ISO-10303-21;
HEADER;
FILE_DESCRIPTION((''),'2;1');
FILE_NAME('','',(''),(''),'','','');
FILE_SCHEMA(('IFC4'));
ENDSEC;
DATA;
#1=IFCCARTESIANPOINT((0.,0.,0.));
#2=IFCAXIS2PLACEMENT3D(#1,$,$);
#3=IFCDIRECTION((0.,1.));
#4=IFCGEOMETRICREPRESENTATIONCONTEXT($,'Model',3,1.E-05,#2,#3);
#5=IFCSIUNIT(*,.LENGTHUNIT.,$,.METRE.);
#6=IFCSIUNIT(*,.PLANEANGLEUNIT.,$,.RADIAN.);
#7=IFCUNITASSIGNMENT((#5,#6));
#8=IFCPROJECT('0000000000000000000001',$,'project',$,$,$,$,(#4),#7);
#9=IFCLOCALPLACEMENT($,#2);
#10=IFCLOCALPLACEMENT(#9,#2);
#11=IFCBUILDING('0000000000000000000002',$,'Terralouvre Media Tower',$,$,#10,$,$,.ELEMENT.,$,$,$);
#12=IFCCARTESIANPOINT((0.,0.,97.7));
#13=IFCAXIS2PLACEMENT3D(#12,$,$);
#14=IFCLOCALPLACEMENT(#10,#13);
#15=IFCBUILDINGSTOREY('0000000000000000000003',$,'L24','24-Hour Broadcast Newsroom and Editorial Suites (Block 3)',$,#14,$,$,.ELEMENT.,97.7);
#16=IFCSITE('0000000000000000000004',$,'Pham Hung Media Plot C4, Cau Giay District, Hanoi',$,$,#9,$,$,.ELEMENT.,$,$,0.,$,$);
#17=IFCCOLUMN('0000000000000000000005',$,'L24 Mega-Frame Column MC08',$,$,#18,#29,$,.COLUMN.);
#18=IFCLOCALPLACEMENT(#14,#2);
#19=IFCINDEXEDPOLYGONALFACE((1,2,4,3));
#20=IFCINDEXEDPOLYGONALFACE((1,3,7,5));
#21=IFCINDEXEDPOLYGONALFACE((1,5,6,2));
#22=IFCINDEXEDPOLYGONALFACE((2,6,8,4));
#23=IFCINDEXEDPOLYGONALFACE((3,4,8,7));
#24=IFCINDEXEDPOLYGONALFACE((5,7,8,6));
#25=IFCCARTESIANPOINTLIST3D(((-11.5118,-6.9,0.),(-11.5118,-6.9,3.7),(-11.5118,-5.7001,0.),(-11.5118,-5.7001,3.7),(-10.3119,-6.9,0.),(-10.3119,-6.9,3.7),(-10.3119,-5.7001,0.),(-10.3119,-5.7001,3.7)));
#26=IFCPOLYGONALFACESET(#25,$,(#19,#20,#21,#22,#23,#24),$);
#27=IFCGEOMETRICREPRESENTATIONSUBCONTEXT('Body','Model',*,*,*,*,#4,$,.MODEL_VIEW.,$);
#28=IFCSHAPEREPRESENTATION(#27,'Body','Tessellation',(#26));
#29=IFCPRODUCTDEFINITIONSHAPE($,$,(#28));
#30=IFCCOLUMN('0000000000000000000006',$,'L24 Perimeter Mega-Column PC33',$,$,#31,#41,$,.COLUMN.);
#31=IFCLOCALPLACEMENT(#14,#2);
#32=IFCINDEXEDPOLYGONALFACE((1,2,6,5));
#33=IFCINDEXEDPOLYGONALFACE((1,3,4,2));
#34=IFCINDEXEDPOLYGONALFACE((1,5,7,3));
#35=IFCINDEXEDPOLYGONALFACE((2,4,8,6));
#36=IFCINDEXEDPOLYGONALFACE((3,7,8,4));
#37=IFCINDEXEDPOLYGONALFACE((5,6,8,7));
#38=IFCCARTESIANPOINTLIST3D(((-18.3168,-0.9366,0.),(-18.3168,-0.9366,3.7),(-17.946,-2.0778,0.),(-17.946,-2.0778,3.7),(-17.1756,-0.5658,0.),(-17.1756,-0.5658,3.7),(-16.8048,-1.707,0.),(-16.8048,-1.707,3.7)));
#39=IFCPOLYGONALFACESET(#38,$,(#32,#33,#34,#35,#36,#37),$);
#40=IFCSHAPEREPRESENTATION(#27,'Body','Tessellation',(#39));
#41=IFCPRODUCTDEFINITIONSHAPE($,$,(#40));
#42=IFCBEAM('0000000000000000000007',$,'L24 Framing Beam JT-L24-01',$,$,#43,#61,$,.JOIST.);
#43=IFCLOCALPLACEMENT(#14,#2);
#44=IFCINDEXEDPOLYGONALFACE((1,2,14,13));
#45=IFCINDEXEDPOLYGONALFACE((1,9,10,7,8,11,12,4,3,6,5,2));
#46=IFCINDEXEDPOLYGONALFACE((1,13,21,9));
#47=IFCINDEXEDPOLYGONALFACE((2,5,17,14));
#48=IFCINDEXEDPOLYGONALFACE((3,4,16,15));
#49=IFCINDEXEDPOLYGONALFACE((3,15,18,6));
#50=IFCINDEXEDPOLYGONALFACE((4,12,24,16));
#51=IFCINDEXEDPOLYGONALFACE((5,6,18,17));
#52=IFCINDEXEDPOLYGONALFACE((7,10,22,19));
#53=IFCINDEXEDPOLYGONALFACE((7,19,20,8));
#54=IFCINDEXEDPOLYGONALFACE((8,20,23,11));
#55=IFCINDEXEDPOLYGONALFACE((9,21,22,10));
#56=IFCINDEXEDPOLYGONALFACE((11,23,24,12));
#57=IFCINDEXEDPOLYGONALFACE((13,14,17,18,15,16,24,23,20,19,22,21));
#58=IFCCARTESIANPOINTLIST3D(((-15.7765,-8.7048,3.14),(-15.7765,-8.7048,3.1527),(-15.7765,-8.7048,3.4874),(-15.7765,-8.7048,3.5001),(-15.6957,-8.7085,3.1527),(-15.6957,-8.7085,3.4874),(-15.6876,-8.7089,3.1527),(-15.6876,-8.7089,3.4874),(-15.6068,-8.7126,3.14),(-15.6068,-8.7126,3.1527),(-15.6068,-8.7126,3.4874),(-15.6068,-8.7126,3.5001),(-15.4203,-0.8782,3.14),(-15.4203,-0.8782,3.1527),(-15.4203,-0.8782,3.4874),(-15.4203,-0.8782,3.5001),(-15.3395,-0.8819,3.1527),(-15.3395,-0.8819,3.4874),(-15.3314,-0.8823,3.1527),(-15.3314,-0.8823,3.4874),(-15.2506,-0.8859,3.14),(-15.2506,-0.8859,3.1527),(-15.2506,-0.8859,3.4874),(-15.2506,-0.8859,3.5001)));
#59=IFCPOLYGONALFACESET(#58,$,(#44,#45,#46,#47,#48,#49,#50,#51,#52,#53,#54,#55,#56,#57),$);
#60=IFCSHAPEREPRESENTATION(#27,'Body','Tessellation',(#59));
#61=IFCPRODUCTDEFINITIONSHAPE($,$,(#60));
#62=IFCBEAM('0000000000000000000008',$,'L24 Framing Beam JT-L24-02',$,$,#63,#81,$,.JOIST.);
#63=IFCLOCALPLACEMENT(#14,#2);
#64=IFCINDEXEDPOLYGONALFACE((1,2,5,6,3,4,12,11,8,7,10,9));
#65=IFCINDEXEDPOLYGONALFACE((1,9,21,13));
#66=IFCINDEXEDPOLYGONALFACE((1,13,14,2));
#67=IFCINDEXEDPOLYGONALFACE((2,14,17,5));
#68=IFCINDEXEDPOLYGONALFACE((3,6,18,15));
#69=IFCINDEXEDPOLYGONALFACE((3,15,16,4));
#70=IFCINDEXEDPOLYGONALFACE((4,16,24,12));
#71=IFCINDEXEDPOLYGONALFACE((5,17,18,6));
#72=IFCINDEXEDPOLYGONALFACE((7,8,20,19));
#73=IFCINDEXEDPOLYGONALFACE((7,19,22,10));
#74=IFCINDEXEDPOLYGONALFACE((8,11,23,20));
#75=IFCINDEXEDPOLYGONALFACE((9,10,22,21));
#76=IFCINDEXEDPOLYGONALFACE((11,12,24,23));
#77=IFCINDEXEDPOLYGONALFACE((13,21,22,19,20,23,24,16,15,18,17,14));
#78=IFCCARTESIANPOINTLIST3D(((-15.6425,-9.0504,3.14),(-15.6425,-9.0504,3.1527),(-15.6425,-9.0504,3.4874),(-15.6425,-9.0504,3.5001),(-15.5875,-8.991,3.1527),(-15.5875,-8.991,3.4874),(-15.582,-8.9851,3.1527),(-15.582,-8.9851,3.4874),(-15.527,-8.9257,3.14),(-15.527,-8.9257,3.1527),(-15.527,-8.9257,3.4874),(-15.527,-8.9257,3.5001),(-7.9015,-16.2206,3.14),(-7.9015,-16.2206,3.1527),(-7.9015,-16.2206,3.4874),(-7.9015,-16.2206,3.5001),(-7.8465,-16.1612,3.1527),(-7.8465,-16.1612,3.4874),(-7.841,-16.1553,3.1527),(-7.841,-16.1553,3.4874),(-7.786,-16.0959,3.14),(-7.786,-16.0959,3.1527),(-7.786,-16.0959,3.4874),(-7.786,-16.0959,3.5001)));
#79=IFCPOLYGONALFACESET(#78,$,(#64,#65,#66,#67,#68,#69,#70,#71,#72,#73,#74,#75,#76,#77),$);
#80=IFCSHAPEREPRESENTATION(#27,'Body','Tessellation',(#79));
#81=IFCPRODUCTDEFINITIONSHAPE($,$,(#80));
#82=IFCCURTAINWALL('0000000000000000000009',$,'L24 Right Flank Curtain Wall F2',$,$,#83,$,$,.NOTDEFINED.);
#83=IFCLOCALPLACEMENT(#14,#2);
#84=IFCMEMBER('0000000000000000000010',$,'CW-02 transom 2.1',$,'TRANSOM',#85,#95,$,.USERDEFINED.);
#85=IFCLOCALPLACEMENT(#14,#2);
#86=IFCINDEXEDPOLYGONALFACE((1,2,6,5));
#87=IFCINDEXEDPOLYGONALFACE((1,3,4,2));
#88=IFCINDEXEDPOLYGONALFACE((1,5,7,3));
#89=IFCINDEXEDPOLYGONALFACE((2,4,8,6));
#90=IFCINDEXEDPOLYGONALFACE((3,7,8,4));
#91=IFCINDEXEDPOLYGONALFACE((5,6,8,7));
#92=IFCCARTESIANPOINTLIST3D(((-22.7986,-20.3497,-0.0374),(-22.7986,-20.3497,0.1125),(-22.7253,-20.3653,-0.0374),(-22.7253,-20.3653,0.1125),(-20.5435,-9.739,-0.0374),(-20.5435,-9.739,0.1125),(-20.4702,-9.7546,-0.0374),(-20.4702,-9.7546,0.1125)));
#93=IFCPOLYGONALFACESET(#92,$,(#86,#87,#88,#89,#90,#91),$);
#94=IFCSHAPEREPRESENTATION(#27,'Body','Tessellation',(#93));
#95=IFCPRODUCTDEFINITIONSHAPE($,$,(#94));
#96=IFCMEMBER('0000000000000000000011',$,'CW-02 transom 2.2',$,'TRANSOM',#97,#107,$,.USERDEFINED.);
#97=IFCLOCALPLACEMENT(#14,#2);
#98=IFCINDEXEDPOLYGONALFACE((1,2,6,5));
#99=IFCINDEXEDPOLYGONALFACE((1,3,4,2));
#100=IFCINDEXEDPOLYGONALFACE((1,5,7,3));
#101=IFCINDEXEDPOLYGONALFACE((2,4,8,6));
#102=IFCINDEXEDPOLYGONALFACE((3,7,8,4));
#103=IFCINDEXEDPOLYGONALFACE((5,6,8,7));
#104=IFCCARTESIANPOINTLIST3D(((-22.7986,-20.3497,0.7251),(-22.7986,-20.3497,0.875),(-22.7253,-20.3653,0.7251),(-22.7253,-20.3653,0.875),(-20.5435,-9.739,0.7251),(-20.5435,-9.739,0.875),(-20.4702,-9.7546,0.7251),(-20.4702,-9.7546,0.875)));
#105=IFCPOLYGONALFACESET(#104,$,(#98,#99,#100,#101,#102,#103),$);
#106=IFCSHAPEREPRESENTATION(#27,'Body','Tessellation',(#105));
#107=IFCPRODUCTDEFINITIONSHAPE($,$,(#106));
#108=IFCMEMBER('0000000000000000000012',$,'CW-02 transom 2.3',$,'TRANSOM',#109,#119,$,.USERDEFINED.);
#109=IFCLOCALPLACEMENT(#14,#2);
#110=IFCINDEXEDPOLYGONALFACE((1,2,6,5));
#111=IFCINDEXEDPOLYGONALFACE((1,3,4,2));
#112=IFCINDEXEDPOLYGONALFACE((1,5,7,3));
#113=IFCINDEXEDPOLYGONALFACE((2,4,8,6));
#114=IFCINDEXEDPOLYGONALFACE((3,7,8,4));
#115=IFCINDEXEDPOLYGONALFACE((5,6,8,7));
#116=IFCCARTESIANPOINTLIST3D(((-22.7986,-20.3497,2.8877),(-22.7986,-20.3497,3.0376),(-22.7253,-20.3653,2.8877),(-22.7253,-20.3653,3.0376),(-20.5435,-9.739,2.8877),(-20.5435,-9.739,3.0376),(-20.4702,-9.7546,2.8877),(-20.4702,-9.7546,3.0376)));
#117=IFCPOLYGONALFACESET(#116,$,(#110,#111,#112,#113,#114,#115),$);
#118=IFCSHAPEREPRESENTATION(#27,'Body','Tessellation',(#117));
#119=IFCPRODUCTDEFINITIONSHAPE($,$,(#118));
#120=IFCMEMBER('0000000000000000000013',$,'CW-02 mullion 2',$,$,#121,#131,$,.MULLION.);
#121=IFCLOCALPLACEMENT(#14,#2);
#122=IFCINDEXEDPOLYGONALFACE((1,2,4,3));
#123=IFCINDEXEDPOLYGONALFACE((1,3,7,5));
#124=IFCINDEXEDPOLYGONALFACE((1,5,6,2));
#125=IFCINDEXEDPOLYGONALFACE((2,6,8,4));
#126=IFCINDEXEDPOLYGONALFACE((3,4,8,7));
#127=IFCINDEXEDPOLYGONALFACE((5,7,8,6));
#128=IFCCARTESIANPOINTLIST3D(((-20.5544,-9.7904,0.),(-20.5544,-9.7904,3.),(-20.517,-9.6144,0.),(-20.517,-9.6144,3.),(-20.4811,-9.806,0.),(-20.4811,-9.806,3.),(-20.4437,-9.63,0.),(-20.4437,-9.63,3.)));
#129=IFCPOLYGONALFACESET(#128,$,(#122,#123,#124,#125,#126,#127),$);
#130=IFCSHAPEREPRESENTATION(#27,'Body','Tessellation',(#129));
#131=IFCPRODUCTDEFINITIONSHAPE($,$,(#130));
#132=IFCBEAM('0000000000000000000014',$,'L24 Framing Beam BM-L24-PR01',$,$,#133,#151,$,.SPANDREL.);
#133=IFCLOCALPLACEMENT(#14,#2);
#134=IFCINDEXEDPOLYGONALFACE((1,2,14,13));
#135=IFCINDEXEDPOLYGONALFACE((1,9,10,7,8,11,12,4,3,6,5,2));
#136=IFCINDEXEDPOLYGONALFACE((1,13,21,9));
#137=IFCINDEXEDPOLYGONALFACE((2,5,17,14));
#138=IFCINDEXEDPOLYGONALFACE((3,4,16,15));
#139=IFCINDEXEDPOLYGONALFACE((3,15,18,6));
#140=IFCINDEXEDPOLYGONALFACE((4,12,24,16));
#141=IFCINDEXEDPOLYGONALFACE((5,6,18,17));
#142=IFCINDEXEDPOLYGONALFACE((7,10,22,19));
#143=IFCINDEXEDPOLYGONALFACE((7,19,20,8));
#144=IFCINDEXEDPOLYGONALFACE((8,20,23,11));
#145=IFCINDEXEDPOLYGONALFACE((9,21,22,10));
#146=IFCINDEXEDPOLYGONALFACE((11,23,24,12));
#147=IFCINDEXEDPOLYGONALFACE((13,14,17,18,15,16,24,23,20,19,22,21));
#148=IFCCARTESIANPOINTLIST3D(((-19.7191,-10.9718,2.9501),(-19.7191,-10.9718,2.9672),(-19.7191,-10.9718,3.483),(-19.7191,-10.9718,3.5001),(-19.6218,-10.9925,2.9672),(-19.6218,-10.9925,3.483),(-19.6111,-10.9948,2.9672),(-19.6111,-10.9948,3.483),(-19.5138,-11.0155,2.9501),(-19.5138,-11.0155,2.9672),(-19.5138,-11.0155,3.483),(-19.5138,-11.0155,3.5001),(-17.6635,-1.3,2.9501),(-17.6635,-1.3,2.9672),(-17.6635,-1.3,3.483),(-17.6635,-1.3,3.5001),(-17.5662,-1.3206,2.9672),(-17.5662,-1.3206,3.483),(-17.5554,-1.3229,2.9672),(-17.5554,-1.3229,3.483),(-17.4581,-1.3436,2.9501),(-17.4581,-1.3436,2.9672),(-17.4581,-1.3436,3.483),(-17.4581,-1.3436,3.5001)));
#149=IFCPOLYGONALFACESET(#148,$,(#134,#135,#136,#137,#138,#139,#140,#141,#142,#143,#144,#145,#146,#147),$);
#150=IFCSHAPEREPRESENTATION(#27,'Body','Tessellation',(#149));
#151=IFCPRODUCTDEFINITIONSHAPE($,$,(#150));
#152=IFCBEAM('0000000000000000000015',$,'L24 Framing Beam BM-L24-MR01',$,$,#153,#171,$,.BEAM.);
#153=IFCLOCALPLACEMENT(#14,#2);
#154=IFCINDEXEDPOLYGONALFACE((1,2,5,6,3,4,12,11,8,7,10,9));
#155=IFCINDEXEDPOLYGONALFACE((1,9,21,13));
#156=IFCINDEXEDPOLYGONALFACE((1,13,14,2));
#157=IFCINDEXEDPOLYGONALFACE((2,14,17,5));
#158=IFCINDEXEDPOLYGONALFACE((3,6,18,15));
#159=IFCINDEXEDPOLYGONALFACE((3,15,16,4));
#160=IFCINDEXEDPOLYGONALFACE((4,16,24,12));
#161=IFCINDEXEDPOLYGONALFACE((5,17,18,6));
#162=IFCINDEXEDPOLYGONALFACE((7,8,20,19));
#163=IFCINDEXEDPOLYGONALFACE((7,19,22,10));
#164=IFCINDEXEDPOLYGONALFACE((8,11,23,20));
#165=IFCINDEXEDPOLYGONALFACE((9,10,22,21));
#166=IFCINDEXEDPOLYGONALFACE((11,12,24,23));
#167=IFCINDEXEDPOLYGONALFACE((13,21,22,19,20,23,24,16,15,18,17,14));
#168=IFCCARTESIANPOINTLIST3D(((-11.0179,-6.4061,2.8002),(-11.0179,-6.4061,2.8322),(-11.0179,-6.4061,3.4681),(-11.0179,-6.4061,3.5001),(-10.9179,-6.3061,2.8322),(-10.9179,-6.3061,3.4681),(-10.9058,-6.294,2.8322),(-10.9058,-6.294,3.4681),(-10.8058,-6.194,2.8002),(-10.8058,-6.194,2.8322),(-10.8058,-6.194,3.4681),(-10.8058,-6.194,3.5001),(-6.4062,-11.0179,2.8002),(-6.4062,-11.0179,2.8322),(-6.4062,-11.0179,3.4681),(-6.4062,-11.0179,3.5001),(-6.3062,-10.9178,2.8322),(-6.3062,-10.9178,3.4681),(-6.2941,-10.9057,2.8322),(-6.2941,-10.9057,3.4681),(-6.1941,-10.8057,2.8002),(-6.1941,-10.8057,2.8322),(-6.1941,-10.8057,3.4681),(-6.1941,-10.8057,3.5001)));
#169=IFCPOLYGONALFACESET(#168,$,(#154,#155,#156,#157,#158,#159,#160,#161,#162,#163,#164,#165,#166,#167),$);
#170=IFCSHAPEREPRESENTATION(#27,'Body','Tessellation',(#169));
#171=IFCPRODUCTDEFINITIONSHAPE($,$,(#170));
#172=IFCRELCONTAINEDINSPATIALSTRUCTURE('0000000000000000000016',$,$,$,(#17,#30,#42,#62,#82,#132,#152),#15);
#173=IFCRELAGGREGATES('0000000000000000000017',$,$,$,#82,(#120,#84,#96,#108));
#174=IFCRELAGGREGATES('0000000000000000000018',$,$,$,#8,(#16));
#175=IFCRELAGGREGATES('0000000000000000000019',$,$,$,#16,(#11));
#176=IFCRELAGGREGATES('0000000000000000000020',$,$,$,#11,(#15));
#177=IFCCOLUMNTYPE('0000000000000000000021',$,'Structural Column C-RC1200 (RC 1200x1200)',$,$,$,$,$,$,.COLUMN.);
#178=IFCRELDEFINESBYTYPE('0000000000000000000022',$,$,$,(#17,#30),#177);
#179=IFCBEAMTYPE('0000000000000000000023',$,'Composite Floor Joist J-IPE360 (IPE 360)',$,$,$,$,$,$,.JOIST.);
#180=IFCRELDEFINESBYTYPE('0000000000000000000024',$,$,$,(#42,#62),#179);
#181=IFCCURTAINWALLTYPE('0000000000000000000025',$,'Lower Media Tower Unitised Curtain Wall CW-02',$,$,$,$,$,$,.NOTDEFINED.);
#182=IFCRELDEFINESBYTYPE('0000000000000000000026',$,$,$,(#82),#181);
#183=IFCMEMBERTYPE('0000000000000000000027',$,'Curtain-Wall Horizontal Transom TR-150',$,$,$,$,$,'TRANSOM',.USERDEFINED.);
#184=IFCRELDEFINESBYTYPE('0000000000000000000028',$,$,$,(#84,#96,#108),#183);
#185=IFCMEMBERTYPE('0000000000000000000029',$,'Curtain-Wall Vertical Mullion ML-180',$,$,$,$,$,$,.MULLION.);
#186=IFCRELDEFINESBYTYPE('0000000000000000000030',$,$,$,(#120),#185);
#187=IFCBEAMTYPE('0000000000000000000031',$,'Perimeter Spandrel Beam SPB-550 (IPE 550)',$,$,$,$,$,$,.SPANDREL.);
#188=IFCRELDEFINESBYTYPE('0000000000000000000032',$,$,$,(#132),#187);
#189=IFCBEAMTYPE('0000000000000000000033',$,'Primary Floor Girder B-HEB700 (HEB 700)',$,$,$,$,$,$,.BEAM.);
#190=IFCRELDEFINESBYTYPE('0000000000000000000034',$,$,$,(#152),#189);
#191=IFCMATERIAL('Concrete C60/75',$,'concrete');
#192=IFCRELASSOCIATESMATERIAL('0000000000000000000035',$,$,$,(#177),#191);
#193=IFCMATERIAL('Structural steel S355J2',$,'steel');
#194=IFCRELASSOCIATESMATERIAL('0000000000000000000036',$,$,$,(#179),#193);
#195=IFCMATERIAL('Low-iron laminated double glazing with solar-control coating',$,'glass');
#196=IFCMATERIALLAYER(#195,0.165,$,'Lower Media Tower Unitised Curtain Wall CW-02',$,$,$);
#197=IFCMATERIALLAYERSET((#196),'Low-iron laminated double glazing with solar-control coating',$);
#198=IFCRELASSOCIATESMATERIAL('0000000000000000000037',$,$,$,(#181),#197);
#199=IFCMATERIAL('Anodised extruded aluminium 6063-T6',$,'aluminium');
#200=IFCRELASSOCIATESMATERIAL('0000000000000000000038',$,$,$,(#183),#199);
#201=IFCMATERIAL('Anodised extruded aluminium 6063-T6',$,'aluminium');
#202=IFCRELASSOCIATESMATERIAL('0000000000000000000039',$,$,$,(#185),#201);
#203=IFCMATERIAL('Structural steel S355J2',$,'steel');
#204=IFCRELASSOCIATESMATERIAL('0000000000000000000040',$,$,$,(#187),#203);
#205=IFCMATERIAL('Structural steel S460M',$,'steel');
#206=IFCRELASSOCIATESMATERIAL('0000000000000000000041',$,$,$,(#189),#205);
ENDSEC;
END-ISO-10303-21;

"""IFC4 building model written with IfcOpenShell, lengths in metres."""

from ifc_helpers import new_model, si_unit, direction, frame, origin, origin_2d, place, context, subcontext, project, spatial, rectangle, i_section, extrude, material, layer, layer_set, material_profile, profile_set, type_object, element, aggregate, save


model = new_model("IFC4")

# Units and contexts
model_context = context("Model", 3, precision=1e-05, world=origin(), true_north=direction((0.0, 1.0)))
body_context = subcontext(model_context, "Body", "Model", "MODEL_VIEW")
ifc_project = project(units=[si_unit("LENGTHUNIT", "METRE"), si_unit("PLANEANGLEUNIT", "RADIAN")], contexts=[model_context])

# Site, building, storey
site_placement = place(None, origin())
site = spatial("IfcSite", under=ifc_project, at=site_placement, Name="Pham Hung Media Plot C4, Cau Giay District, Hanoi", CompositionType="ELEMENT", RefElevation=0.0)
building_placement = place(site_placement, origin())
building = spatial("IfcBuilding", under=site, at=building_placement, Name="Terralouvre Media Tower", CompositionType="ELEMENT")
storey_placement = place(building_placement, frame((0.0, 0.0, 97.7)))
storey = spatial("IfcBuildingStorey", under=building, at=storey_placement, Name="L24", Description="24-Hour Broadcast Newsroom and Editorial Suites (Block 3)", CompositionType="ELEMENT", Elevation=97.7)

# Columns
ifc_material_1 = material(Name="Concrete C60/75", Category="concrete")
ifc_material_profile_1 = material_profile(ifc_material_1, rectangle(XDim=1.2, YDim=1.2, at=origin_2d()), Name="RC 1200x1200")
ifc_profile_set_1 = profile_set([ifc_material_profile_1], Name="Concrete C60/75")
column_type = type_object("IfcColumnType", Name="Structural Column C-RC1200 (RC 1200x1200)", PredefinedType="COLUMN", material=ifc_profile_set_1)
for number, where, z_axis, x_axis, name in (
    (1, (-10.9119, -6.3, 0.0), (0.0, 0.0, 1.0), (1.0, 0.0, 0.0), "L24 Mega-Frame Column MC08"),
    (2, (-17.5608, -1.3218, 0.0), (0.0, 0.0, 1.0), (0.951057, 0.309017, 0.0), "L24 Perimeter Mega-Column PC33"),
):
    element("IfcColumn", number, at=place(storey_placement, frame(where, z_axis=z_axis, x_axis=x_axis)), inside=storey, type_object=column_type, Name=name, PredefinedType="COLUMN", context=body_context, shape_type="SweptSolid", body=[
        extrude(rectangle(XDim=1.2, YDim=1.2, at=origin_2d()), origin(), (0.0, 0.0, 1.0), 3.7),
    ])

# Beams
ifc_material_2 = material(Name="Structural steel S355J2", Category="steel")
ifc_material_profile_2 = material_profile(ifc_material_2, i_section(OverallWidth=0.1699, OverallDepth=0.3601, WebThickness=0.0081, FlangeThickness=0.0127, at=origin_2d()), Name="IPE 360")
ifc_profile_set_2 = profile_set([ifc_material_profile_2], Name="Structural steel S355J2")
beam_type_1 = type_object("IfcBeamType", Name="Composite Floor Joist J-IPE360 (IPE 360)", PredefinedType="JOIST", material=ifc_profile_set_2)
beam_1_placement = place(storey_placement, frame((-15.3354, -0.8821, 3.3201), z_axis=(-0.045464, -0.998966, 0.0), x_axis=(0.998966, -0.045464, 0.0)))
element("IfcBeam", 3, at=beam_1_placement, inside=storey, type_object=beam_type_1, Name="L24 Framing Beam JT-L24-01", PredefinedType="JOIST", context=body_context, shape_type="SweptSolid", body=[
    extrude(i_section(OverallWidth=0.1699, OverallDepth=0.3601, WebThickness=0.0081, FlangeThickness=0.0127, at=origin_2d()), origin(), (0.0, 0.0, 1.0), 7.8347),
])
beam_2_placement = place(storey_placement, frame((-15.5847, -8.988, 3.3201), z_axis=(0.733638, -0.679541, 0.0), x_axis=(0.679541, 0.733638, 0.0)))
element("IfcBeam", 4, at=beam_2_placement, inside=storey, type_object=beam_type_1, Name="L24 Framing Beam JT-L24-02", PredefinedType="JOIST", context=body_context, shape_type="SweptSolid", body=[
    extrude(i_section(OverallWidth=0.1699, OverallDepth=0.3601, WebThickness=0.0081, FlangeThickness=0.0127, at=origin_2d()), origin(), (0.0, 0.0, 1.0), 10.5515),
])

# Curtain wall, members
ifc_material_3 = material(Name="Low-iron laminated double glazing with solar-control coating", Category="glass")
ifc_layer_1 = layer(ifc_material_3, 0.165, Name="Lower Media Tower Unitised Curtain Wall CW-02")
ifc_layer_set_1 = layer_set([ifc_layer_1], Name="Low-iron laminated double glazing with solar-control coating")
curtain_wall_type = type_object("IfcCurtainWallType", Name="Lower Media Tower Unitised Curtain Wall CW-02", PredefinedType="NOTDEFINED", material=ifc_layer_set_1)
curtain_wall_placement = place(storey_placement, origin())
curtain_wall = element("IfcCurtainWall", 5, at=curtain_wall_placement, inside=storey, type_object=curtain_wall_type, Name="L24 Right Flank Curtain Wall F2", PredefinedType="NOTDEFINED")
ifc_material_4 = material(Name="Anodised extruded aluminium 6063-T6", Category="aluminium")
ifc_material_profile_3 = material_profile(ifc_material_4, rectangle(XDim=0.075, YDim=0.1499, at=origin_2d()), Name="ALU 75x150")
ifc_profile_set_3 = profile_set([ifc_material_profile_3], Name="Anodised extruded aluminium 6063-T6")
member_type_1 = type_object("IfcMemberType", Name="Curtain-Wall Horizontal Transom TR-150", ElementType="TRANSOM", PredefinedType="USERDEFINED", material=ifc_profile_set_3)
member_1_placement = place(storey_placement, frame((-20.5068, -9.7468, 0.0376), z_axis=(-0.207892, -0.978152, 0.0), x_axis=(0.978152, -0.207892, 0.0)))
member_1 = element("IfcMember", 6, at=member_1_placement, type_object=member_type_1, Name="CW-02 transom 2.1", ObjectType="TRANSOM", PredefinedType="USERDEFINED", context=body_context, shape_type="SweptSolid", body=[
    extrude(rectangle(XDim=0.075, YDim=0.1499, at=origin_2d()), origin(), (0.0, 0.0, 1.0), 10.8477),
])
member_2_placement = place(storey_placement, frame((-20.5068, -9.7468, 0.8), z_axis=(-0.207892, -0.978152, 0.0), x_axis=(0.978152, -0.207892, 0.0)))
member_2 = element("IfcMember", 7, at=member_2_placement, type_object=member_type_1, Name="CW-02 transom 2.2", ObjectType="TRANSOM", PredefinedType="USERDEFINED", context=body_context, shape_type="SweptSolid", body=[
    extrude(rectangle(XDim=0.075, YDim=0.1499, at=origin_2d()), origin(), (0.0, 0.0, 1.0), 10.8477),
])
member_3_placement = place(storey_placement, frame((-20.5068, -9.7468, 2.9626), z_axis=(-0.207892, -0.978152, 0.0), x_axis=(0.978152, -0.207892, 0.0)))
member_3 = element("IfcMember", 8, at=member_3_placement, type_object=member_type_1, Name="CW-02 transom 2.3", ObjectType="TRANSOM", PredefinedType="USERDEFINED", context=body_context, shape_type="SweptSolid", body=[
    extrude(rectangle(XDim=0.075, YDim=0.1499, at=origin_2d()), origin(), (0.0, 0.0, 1.0), 10.8477),
])
ifc_material_5 = material(Name="Anodised extruded aluminium 6063-T6", Category="aluminium")
ifc_material_profile_4 = material_profile(ifc_material_5, rectangle(XDim=0.075, YDim=0.1799, at=origin_2d()), Name="ALU 75x180")
ifc_profile_set_4 = profile_set([ifc_material_profile_4], Name="Anodised extruded aluminium 6063-T6")
member_type_2 = type_object("IfcMemberType", Name="Curtain-Wall Vertical Mullion ML-180", PredefinedType="MULLION", material=ifc_profile_set_4)
member_4_placement = place(storey_placement, frame((-20.499, -9.7102, 0.0), z_axis=(0.0, 0.0, 1.0), x_axis=(0.978148, -0.207911, 0.0)))
member_4 = element("IfcMember", 9, at=member_4_placement, type_object=member_type_2, Name="CW-02 mullion 2", PredefinedType="MULLION", context=body_context, shape_type="SweptSolid", body=[
    extrude(rectangle(XDim=0.075, YDim=0.1799, at=origin_2d()), origin(), (0.0, 0.0, 1.0), 3.0),
])

# Beams
ifc_material_6 = material(Name="Structural steel S355J2", Category="steel")
ifc_material_profile_5 = material_profile(ifc_material_6, i_section(OverallWidth=0.21, OverallDepth=0.55, WebThickness=0.011, FlangeThickness=0.0171, at=origin_2d()), Name="IPE 550")
ifc_profile_set_5 = profile_set([ifc_material_profile_5], Name="Structural steel S355J2")
beam_type_2 = type_object("IfcBeamType", Name="Perimeter Spandrel Beam SPB-550 (IPE 550)", PredefinedType="SPANDREL", material=ifc_profile_set_5)
beam_3_placement = place(storey_placement, frame((-17.5608, -1.3218, 3.2251), z_axis=(-0.207897, -0.978151, 0.0), x_axis=(0.978151, -0.207897, 0.0)))
element("IfcBeam", 10, at=beam_3_placement, inside=storey, type_object=beam_type_2, Name="L24 Framing Beam BM-L24-PR01", PredefinedType="SPANDREL", context=body_context, shape_type="SweptSolid", body=[
    extrude(i_section(OverallWidth=0.21, OverallDepth=0.55, WebThickness=0.011, FlangeThickness=0.0171, at=origin_2d()), origin(), (0.0, 0.0, 1.0), 9.8879),
])
ifc_material_7 = material(Name="Structural steel S460M", Category="steel")
ifc_material_profile_6 = material_profile(ifc_material_7, i_section(OverallWidth=0.3, OverallDepth=0.7, WebThickness=0.0171, FlangeThickness=0.032, at=origin_2d()), Name="HEB 700")
ifc_profile_set_6 = profile_set([ifc_material_profile_6], Name="Structural steel S460M")
beam_type_3 = type_object("IfcBeamType", Name="Primary Floor Girder B-HEB700 (HEB 700)", PredefinedType="BEAM", material=ifc_profile_set_6)
beam_4_placement = place(storey_placement, frame((-10.9119, -6.3, 3.1501), z_axis=(0.707107, -0.707107, 0.0), x_axis=(0.707107, 0.707107, 0.0)))
element("IfcBeam", 11, at=beam_4_placement, inside=storey, type_object=beam_type_3, Name="L24 Framing Beam BM-L24-MR01", PredefinedType="BEAM", context=body_context, shape_type="SweptSolid", body=[
    extrude(i_section(OverallWidth=0.3, OverallDepth=0.7, WebThickness=0.0171, FlangeThickness=0.032, at=origin_2d()), origin(), (0.0, 0.0, 1.0), 6.522),
])

aggregate(curtain_wall, [member_4, member_1, member_2, member_3])

save(model, "model.ifc")
